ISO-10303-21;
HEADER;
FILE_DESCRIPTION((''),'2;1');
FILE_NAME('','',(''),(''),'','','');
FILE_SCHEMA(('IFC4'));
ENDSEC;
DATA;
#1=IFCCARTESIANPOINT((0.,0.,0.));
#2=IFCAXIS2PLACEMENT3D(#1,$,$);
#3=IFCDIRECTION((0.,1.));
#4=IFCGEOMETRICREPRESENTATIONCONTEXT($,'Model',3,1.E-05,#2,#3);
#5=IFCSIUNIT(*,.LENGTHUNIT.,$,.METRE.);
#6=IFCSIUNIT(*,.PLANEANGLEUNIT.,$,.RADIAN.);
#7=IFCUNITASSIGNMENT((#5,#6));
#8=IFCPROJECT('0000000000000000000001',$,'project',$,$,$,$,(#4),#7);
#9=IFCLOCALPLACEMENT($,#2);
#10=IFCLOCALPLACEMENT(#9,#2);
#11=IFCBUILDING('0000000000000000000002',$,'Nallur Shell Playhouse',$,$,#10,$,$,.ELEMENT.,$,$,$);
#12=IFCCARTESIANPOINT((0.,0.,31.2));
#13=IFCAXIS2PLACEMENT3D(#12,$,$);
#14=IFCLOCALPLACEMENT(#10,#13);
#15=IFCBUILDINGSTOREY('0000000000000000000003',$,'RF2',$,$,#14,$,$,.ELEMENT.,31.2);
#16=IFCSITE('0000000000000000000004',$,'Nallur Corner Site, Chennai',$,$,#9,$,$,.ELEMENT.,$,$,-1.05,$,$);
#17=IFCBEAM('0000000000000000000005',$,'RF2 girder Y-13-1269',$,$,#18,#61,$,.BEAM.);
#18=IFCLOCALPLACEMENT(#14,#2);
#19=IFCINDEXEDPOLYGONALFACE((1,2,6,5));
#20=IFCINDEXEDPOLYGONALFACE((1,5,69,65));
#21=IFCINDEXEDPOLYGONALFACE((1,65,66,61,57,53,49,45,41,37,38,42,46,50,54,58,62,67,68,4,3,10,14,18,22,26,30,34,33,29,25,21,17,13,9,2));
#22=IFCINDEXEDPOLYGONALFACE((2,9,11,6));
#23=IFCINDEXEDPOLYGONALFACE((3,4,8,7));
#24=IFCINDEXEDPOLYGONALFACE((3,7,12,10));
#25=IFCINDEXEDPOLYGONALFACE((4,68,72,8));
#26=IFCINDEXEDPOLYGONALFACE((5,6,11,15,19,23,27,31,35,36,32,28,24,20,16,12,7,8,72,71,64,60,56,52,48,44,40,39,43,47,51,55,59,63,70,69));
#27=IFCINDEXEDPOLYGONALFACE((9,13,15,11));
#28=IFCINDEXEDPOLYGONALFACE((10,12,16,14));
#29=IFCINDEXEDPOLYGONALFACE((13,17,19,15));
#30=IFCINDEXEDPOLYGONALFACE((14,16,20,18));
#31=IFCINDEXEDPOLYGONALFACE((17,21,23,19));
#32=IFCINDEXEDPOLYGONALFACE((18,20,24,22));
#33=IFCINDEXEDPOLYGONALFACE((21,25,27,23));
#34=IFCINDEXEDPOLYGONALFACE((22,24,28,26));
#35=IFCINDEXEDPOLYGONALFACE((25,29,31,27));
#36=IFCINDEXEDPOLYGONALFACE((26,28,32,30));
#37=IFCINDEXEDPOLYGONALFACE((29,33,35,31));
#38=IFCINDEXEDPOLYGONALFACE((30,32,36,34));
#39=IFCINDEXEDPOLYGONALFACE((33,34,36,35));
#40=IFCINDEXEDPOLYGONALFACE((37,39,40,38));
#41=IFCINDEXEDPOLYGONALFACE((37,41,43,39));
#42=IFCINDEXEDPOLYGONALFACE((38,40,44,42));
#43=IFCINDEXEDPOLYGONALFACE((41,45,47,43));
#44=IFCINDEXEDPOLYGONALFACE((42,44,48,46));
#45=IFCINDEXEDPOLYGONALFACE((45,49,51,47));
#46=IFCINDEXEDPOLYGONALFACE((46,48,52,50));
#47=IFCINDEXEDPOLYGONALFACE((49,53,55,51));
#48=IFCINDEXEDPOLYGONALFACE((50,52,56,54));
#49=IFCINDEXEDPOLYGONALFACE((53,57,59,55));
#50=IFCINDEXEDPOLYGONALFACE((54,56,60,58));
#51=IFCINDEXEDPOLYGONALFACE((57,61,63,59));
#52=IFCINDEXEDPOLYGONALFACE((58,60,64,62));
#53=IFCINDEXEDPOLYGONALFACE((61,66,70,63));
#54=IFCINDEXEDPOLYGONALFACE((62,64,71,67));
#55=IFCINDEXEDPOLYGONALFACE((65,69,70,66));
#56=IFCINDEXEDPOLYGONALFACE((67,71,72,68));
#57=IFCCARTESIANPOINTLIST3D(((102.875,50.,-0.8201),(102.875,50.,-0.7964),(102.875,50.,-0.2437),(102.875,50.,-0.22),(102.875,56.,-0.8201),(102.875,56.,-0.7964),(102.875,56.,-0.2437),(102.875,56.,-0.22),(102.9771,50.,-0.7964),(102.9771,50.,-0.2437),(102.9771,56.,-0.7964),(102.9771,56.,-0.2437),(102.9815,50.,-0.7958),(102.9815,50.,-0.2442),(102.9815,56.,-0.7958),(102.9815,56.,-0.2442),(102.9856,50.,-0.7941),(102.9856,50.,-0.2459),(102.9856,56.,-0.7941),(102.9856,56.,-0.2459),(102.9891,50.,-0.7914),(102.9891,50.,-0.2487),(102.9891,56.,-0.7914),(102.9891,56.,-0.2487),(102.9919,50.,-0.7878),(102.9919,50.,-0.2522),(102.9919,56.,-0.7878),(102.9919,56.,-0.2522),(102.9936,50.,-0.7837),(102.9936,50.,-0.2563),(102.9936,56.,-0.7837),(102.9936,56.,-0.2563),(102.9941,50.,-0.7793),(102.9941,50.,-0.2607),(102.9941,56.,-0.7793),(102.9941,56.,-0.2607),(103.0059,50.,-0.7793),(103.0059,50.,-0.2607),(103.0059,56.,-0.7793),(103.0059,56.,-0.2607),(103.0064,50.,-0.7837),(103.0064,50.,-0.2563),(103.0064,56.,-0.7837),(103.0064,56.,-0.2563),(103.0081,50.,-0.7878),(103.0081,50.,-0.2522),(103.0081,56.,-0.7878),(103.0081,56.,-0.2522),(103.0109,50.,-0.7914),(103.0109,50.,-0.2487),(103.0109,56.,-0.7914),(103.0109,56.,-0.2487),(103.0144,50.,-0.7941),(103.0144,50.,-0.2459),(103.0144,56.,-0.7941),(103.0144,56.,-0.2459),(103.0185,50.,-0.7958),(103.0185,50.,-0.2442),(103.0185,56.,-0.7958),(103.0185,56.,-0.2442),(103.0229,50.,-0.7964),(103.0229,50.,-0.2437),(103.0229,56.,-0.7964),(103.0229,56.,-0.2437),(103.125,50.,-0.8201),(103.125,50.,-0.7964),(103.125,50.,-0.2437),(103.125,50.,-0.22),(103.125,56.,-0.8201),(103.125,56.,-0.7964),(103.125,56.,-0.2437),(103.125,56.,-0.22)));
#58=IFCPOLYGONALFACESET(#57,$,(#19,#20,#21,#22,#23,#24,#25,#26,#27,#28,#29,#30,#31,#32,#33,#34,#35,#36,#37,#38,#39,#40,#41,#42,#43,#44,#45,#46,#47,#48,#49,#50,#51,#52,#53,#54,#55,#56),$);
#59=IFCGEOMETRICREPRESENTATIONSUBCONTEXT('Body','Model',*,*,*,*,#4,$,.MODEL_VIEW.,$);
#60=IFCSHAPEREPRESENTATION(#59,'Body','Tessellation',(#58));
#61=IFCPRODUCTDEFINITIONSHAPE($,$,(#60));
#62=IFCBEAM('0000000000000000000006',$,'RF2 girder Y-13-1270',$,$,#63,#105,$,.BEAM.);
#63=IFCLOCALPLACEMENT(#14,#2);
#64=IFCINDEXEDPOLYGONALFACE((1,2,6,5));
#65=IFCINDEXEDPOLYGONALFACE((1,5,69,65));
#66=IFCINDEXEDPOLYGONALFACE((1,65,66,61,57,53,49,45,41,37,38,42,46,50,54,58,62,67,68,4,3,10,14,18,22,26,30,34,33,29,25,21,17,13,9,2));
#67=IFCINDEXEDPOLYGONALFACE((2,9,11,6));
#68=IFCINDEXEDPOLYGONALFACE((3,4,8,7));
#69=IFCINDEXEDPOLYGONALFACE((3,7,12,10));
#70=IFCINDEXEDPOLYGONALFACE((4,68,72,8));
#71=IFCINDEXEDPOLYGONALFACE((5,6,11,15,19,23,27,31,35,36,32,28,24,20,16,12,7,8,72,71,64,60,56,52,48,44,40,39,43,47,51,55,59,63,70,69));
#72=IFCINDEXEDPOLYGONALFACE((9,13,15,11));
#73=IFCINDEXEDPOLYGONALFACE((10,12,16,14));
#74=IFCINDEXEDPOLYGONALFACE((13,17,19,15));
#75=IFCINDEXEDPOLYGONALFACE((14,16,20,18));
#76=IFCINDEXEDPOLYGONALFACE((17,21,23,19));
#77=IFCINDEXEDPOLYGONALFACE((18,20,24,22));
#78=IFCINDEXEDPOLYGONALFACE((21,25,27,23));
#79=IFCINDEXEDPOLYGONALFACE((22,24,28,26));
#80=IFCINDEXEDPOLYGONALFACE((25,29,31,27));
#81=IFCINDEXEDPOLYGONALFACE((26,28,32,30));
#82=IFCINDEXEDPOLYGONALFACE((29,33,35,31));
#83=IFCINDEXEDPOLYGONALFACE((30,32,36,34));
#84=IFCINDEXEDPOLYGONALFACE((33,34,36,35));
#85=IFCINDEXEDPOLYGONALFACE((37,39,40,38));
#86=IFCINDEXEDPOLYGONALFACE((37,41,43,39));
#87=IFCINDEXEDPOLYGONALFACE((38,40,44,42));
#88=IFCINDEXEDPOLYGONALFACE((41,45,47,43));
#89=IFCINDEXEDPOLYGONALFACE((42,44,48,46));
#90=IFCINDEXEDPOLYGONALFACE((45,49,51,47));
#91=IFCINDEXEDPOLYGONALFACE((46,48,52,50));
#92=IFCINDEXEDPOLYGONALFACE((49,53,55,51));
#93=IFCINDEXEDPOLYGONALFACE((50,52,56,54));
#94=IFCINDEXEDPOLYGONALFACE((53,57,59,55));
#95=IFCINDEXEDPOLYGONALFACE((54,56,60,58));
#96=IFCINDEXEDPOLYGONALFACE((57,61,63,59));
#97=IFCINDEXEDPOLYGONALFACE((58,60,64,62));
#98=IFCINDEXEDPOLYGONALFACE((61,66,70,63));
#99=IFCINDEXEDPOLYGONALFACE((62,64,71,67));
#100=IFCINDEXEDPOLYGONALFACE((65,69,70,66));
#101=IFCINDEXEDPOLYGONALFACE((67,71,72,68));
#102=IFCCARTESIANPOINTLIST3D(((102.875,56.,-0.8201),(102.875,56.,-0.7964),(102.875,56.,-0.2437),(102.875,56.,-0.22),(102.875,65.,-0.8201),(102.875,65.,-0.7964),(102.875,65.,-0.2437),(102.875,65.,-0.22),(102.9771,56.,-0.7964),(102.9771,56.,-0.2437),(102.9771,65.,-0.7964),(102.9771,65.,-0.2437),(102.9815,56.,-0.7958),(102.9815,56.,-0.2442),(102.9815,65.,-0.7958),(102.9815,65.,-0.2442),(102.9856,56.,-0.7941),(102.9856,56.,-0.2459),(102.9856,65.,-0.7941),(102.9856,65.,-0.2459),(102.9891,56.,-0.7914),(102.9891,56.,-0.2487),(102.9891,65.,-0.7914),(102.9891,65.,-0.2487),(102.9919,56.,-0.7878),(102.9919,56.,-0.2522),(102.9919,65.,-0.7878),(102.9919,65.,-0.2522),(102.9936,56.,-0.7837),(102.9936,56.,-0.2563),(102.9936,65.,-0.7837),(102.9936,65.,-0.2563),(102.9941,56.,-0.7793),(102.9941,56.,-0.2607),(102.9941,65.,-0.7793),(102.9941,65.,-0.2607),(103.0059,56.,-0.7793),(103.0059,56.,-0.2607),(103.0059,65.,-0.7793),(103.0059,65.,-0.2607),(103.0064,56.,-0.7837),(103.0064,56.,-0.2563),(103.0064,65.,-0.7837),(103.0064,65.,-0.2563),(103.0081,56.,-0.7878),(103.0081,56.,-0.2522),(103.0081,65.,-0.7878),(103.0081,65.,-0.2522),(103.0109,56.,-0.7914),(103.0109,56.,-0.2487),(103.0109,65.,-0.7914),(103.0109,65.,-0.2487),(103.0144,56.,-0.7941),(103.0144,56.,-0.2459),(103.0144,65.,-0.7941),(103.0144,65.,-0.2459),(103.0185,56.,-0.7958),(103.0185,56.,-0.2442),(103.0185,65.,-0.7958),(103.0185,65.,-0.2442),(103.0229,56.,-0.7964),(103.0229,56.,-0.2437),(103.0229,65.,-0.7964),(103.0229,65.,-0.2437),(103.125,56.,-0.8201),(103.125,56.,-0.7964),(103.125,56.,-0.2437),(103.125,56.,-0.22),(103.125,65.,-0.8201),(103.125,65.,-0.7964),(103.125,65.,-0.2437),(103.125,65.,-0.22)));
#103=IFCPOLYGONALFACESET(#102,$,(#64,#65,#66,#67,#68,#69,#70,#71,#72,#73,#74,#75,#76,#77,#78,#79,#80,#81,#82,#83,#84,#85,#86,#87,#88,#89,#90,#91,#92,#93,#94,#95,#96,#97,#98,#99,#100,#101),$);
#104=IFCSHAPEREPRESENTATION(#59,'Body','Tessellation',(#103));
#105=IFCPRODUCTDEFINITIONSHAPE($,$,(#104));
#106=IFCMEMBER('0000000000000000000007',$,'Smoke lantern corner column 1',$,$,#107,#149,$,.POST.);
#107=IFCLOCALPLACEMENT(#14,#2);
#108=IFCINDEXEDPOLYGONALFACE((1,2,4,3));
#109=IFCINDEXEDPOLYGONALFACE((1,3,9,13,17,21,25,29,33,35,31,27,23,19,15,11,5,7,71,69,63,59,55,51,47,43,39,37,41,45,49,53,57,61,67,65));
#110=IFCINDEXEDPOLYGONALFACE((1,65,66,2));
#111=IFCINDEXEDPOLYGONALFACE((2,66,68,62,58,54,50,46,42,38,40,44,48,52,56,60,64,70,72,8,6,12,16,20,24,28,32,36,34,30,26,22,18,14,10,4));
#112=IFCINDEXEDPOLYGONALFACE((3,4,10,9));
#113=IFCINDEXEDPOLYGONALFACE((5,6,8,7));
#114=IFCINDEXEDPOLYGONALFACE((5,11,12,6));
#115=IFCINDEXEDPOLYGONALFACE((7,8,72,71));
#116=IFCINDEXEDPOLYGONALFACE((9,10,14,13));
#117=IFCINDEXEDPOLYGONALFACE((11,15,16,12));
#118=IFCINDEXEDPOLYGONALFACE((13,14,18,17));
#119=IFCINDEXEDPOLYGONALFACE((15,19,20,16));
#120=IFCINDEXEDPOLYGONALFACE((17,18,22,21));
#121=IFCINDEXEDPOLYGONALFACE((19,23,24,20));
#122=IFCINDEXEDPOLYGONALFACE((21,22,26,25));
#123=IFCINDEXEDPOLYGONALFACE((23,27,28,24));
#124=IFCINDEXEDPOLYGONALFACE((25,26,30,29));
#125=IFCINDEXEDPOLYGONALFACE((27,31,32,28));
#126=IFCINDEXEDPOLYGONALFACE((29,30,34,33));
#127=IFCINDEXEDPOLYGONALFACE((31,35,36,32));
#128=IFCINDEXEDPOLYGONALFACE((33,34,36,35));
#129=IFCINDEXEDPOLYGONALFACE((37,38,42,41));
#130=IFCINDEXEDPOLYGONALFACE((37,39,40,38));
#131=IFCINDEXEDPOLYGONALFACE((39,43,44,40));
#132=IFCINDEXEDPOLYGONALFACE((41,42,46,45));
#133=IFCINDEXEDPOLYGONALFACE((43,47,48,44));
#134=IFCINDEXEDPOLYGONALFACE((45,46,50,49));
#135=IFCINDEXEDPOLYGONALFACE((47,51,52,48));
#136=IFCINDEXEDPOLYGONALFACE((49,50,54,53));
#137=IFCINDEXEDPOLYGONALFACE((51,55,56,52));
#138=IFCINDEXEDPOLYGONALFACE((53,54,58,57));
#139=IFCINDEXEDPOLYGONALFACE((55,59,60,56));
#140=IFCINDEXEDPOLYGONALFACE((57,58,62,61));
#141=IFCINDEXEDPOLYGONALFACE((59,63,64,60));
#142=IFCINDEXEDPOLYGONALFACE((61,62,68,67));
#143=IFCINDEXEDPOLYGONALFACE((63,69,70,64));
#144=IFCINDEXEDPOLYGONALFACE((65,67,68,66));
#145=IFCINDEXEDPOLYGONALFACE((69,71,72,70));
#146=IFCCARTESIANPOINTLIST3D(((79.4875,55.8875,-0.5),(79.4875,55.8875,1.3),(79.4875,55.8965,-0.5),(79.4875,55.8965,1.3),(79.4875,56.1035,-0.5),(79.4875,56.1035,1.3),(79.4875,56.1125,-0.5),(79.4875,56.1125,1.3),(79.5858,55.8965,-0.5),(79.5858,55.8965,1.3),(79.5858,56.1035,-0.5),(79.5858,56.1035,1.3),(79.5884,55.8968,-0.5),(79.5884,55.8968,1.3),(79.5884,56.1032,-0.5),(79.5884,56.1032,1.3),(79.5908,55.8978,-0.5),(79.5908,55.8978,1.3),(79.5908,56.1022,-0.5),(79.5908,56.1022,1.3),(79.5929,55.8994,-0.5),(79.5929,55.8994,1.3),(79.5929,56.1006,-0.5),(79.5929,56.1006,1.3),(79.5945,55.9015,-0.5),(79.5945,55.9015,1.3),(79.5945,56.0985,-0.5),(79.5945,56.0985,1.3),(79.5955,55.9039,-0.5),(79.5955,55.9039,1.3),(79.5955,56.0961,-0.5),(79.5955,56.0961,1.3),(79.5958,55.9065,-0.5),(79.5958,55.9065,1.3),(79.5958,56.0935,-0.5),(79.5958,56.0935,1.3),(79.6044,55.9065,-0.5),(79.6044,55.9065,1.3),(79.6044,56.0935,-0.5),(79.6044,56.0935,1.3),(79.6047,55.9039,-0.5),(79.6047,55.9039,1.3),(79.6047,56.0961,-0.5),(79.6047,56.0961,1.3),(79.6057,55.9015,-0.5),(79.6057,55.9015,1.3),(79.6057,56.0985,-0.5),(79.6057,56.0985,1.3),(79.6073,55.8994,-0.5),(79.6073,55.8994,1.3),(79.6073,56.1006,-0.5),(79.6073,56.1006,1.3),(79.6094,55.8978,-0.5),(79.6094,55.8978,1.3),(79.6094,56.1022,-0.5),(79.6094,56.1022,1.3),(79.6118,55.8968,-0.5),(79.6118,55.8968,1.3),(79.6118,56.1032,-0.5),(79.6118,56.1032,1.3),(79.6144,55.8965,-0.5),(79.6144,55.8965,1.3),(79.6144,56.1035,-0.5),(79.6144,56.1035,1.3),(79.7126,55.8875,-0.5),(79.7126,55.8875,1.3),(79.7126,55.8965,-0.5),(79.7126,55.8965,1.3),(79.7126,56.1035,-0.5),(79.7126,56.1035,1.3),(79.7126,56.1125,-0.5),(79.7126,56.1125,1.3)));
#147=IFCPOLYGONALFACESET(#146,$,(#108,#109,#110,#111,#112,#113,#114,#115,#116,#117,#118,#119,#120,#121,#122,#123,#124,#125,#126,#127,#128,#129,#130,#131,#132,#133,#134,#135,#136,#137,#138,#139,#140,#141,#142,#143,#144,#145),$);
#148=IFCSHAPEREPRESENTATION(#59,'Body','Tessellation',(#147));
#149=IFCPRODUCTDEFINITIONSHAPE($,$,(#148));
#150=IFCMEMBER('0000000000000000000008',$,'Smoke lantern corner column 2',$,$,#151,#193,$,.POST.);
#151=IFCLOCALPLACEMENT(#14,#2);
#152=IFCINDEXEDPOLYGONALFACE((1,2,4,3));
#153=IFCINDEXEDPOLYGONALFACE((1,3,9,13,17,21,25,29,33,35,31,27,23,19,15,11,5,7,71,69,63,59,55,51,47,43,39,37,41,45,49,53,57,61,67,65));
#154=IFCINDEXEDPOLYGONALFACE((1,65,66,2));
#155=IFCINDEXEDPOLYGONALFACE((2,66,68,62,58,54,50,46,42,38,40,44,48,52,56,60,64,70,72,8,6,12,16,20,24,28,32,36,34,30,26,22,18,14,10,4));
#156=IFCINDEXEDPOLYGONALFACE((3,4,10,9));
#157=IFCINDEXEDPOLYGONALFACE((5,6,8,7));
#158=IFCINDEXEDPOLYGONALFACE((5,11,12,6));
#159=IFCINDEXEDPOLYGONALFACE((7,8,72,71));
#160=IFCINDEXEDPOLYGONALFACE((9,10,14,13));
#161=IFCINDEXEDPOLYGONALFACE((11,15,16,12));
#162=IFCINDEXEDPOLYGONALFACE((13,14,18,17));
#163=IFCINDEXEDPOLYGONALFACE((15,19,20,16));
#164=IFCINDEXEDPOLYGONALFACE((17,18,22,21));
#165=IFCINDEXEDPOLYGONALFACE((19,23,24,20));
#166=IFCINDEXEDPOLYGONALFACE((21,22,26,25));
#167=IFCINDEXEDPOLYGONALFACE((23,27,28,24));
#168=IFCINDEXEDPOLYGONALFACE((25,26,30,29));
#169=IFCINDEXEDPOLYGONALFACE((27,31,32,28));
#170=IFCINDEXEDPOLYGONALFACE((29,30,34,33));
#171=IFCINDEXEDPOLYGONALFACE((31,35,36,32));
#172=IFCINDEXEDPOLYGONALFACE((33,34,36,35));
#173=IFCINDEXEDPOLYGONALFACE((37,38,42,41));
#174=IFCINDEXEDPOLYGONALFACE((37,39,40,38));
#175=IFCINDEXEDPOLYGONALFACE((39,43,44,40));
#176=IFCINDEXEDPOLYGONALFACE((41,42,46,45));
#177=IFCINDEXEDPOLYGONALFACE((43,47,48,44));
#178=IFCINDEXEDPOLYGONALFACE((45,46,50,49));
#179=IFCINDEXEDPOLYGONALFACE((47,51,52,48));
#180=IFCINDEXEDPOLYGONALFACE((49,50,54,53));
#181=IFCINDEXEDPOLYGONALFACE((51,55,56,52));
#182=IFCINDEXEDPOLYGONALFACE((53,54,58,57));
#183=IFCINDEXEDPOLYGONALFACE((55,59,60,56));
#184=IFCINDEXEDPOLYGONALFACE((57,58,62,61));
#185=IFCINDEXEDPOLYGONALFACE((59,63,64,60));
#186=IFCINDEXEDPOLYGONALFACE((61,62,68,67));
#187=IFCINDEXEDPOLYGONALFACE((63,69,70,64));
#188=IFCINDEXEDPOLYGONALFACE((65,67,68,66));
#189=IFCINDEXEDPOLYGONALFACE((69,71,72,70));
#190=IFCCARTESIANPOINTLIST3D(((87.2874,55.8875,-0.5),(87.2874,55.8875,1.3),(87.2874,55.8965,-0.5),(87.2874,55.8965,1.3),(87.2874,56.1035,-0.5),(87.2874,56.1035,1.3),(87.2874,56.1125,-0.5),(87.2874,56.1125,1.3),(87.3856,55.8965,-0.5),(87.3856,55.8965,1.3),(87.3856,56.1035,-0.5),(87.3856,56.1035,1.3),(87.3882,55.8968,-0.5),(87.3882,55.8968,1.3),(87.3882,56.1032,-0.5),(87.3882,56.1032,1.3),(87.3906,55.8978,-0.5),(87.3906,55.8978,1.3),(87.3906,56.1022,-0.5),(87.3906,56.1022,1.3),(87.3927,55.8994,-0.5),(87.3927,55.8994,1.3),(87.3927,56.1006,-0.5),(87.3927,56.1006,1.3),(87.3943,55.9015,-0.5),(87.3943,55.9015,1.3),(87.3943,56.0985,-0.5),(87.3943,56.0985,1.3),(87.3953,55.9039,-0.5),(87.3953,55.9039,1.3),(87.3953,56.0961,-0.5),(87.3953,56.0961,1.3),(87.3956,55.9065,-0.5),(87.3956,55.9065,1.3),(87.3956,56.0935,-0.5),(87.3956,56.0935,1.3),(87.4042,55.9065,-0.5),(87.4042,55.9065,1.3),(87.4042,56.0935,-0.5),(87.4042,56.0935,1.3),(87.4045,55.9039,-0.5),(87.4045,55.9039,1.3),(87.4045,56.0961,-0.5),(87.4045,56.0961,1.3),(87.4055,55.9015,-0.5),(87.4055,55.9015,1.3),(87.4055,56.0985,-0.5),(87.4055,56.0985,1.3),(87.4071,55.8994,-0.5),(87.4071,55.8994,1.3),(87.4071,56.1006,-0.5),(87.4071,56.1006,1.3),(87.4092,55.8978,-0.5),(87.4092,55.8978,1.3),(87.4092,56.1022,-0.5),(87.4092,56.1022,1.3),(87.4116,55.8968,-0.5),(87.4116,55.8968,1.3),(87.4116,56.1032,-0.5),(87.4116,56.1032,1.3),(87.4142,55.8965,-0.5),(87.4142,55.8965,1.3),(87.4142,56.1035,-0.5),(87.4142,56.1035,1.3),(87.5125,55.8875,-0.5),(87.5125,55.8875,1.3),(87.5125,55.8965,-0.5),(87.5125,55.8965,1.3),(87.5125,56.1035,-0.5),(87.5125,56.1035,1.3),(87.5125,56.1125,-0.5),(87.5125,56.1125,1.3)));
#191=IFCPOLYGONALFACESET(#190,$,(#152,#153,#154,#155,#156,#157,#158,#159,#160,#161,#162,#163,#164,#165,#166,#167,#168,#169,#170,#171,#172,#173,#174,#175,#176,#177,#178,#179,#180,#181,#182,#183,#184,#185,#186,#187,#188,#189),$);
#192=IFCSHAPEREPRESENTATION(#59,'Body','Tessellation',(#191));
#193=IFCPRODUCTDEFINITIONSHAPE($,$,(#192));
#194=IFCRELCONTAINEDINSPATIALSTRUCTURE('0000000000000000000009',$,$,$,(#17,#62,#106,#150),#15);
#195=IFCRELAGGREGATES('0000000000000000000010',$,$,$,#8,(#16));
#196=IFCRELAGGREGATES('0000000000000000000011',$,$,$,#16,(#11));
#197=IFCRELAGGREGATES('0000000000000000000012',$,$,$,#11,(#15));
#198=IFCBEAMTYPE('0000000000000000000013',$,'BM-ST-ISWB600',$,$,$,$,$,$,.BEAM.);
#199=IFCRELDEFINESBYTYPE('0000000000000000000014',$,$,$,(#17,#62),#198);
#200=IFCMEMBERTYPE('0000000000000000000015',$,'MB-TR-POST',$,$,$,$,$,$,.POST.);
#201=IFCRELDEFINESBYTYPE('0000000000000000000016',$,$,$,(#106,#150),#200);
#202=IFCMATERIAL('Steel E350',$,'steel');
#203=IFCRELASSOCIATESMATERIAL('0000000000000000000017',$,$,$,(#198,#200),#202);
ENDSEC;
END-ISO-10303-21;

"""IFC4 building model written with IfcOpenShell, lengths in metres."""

from ifc_helpers import new_model, si_unit, direction, frame, origin, origin_2d, place, context, subcontext, project, spatial, i_section, extrude, material, material_profile, profile_set, type_object, element, save


model = new_model("IFC4")

# Units and contexts
model_context = context("Model", 3, precision=1e-05, world=origin(), true_north=direction((0.0, 1.0)))
body_context = subcontext(model_context, "Body", "Model", "MODEL_VIEW")
ifc_project = project(units=[si_unit("LENGTHUNIT", "METRE"), si_unit("PLANEANGLEUNIT", "RADIAN")], contexts=[model_context])

# Site, building, storey
site_placement = place(None, origin())
site = spatial("IfcSite", under=ifc_project, at=site_placement, Name="Nallur Corner Site, Chennai", CompositionType="ELEMENT", RefElevation=-1.05)
building_placement = place(site_placement, origin())
building = spatial("IfcBuilding", under=site, at=building_placement, Name="Nallur Shell Playhouse", CompositionType="ELEMENT")
storey_placement = place(building_placement, frame((0.0, 0.0, 31.2)))
storey = spatial("IfcBuildingStorey", under=building, at=storey_placement, Name="RF2", CompositionType="ELEMENT", Elevation=31.2)

# Beams
ifc_material_1 = material(Name="Steel E350", Category="steel")
ifc_material_profile_1 = material_profile(ifc_material_1, i_section(OverallWidth=0.25, OverallDepth=0.6001, WebThickness=0.0117, FlangeThickness=0.0237, FilletRadius=0.0171, at=origin_2d()), Name="ISWB 600")
ifc_profile_set_1 = profile_set([ifc_material_profile_1], Name="Steel E350")
beam_type_1 = type_object("IfcBeamType", Name="BM-ST-ISWB600", PredefinedType="BEAM", material=ifc_profile_set_1)
beam_1_placement = place(storey_placement, frame((103.0, 50.0, -0.52), z_axis=(0.0, 1.0, 0.0), x_axis=(-1.0, 0.0, 0.0)))
element("IfcBeam", 1, at=beam_1_placement, inside=storey, type_object=beam_type_1, Name="RF2 girder Y-13-1269", PredefinedType="BEAM", context=body_context, shape_type="SweptSolid", body=[
    extrude(i_section(OverallWidth=0.25, OverallDepth=0.6001, WebThickness=0.0117, FlangeThickness=0.0237, FilletRadius=0.0171, at=origin_2d()), origin(), (0.0, 0.0, 1.0), 6.0),
])
beam_2_placement = place(storey_placement, frame((103.0, 56.0, -0.52), z_axis=(0.0, 1.0, 0.0), x_axis=(-1.0, 0.0, 0.0)))
element("IfcBeam", 2, at=beam_2_placement, inside=storey, type_object=beam_type_1, Name="RF2 girder Y-13-1270", PredefinedType="BEAM", context=body_context, shape_type="SweptSolid", body=[
    extrude(i_section(OverallWidth=0.25, OverallDepth=0.6001, WebThickness=0.0117, FlangeThickness=0.0237, FilletRadius=0.0171, at=origin_2d()), origin(), (0.0, 0.0, 1.0), 9.0),
])

# Members
ifc_material_profile_2 = material_profile(ifc_material_1, i_section(OverallWidth=0.2251, OverallDepth=0.2251, WebThickness=0.0085, FlangeThickness=0.009, FilletRadius=0.01, at=origin_2d()), Name="ISHB 225")
ifc_profile_set_2 = profile_set([ifc_material_profile_2], Name="Steel E350")
member_type = type_object("IfcMemberType", Name="MB-TR-POST", PredefinedType="POST", material=ifc_profile_set_2)
for number, where, z_axis, x_axis, name in (
    (3, (79.6001, 56.0, -0.5), (0.0, 0.0, 1.0), (1.0, 0.0, 0.0), "Smoke lantern corner column 1"),
    (4, (87.3999, 56.0, -0.5), (0.0, 0.0, 1.0), (1.0, 0.0, 0.0), "Smoke lantern corner column 2"),
):
    element("IfcMember", number, at=place(storey_placement, frame(where, z_axis=z_axis, x_axis=x_axis)), inside=storey, type_object=member_type, Name=name, PredefinedType="POST", context=body_context, shape_type="SweptSolid", body=[
        extrude(i_section(OverallWidth=0.2251, OverallDepth=0.2251, WebThickness=0.0085, FlangeThickness=0.009, FilletRadius=0.01, at=origin_2d()), origin(), (0.0, 0.0, 1.0), 1.8),
    ])

save(model, "model.ifc")
